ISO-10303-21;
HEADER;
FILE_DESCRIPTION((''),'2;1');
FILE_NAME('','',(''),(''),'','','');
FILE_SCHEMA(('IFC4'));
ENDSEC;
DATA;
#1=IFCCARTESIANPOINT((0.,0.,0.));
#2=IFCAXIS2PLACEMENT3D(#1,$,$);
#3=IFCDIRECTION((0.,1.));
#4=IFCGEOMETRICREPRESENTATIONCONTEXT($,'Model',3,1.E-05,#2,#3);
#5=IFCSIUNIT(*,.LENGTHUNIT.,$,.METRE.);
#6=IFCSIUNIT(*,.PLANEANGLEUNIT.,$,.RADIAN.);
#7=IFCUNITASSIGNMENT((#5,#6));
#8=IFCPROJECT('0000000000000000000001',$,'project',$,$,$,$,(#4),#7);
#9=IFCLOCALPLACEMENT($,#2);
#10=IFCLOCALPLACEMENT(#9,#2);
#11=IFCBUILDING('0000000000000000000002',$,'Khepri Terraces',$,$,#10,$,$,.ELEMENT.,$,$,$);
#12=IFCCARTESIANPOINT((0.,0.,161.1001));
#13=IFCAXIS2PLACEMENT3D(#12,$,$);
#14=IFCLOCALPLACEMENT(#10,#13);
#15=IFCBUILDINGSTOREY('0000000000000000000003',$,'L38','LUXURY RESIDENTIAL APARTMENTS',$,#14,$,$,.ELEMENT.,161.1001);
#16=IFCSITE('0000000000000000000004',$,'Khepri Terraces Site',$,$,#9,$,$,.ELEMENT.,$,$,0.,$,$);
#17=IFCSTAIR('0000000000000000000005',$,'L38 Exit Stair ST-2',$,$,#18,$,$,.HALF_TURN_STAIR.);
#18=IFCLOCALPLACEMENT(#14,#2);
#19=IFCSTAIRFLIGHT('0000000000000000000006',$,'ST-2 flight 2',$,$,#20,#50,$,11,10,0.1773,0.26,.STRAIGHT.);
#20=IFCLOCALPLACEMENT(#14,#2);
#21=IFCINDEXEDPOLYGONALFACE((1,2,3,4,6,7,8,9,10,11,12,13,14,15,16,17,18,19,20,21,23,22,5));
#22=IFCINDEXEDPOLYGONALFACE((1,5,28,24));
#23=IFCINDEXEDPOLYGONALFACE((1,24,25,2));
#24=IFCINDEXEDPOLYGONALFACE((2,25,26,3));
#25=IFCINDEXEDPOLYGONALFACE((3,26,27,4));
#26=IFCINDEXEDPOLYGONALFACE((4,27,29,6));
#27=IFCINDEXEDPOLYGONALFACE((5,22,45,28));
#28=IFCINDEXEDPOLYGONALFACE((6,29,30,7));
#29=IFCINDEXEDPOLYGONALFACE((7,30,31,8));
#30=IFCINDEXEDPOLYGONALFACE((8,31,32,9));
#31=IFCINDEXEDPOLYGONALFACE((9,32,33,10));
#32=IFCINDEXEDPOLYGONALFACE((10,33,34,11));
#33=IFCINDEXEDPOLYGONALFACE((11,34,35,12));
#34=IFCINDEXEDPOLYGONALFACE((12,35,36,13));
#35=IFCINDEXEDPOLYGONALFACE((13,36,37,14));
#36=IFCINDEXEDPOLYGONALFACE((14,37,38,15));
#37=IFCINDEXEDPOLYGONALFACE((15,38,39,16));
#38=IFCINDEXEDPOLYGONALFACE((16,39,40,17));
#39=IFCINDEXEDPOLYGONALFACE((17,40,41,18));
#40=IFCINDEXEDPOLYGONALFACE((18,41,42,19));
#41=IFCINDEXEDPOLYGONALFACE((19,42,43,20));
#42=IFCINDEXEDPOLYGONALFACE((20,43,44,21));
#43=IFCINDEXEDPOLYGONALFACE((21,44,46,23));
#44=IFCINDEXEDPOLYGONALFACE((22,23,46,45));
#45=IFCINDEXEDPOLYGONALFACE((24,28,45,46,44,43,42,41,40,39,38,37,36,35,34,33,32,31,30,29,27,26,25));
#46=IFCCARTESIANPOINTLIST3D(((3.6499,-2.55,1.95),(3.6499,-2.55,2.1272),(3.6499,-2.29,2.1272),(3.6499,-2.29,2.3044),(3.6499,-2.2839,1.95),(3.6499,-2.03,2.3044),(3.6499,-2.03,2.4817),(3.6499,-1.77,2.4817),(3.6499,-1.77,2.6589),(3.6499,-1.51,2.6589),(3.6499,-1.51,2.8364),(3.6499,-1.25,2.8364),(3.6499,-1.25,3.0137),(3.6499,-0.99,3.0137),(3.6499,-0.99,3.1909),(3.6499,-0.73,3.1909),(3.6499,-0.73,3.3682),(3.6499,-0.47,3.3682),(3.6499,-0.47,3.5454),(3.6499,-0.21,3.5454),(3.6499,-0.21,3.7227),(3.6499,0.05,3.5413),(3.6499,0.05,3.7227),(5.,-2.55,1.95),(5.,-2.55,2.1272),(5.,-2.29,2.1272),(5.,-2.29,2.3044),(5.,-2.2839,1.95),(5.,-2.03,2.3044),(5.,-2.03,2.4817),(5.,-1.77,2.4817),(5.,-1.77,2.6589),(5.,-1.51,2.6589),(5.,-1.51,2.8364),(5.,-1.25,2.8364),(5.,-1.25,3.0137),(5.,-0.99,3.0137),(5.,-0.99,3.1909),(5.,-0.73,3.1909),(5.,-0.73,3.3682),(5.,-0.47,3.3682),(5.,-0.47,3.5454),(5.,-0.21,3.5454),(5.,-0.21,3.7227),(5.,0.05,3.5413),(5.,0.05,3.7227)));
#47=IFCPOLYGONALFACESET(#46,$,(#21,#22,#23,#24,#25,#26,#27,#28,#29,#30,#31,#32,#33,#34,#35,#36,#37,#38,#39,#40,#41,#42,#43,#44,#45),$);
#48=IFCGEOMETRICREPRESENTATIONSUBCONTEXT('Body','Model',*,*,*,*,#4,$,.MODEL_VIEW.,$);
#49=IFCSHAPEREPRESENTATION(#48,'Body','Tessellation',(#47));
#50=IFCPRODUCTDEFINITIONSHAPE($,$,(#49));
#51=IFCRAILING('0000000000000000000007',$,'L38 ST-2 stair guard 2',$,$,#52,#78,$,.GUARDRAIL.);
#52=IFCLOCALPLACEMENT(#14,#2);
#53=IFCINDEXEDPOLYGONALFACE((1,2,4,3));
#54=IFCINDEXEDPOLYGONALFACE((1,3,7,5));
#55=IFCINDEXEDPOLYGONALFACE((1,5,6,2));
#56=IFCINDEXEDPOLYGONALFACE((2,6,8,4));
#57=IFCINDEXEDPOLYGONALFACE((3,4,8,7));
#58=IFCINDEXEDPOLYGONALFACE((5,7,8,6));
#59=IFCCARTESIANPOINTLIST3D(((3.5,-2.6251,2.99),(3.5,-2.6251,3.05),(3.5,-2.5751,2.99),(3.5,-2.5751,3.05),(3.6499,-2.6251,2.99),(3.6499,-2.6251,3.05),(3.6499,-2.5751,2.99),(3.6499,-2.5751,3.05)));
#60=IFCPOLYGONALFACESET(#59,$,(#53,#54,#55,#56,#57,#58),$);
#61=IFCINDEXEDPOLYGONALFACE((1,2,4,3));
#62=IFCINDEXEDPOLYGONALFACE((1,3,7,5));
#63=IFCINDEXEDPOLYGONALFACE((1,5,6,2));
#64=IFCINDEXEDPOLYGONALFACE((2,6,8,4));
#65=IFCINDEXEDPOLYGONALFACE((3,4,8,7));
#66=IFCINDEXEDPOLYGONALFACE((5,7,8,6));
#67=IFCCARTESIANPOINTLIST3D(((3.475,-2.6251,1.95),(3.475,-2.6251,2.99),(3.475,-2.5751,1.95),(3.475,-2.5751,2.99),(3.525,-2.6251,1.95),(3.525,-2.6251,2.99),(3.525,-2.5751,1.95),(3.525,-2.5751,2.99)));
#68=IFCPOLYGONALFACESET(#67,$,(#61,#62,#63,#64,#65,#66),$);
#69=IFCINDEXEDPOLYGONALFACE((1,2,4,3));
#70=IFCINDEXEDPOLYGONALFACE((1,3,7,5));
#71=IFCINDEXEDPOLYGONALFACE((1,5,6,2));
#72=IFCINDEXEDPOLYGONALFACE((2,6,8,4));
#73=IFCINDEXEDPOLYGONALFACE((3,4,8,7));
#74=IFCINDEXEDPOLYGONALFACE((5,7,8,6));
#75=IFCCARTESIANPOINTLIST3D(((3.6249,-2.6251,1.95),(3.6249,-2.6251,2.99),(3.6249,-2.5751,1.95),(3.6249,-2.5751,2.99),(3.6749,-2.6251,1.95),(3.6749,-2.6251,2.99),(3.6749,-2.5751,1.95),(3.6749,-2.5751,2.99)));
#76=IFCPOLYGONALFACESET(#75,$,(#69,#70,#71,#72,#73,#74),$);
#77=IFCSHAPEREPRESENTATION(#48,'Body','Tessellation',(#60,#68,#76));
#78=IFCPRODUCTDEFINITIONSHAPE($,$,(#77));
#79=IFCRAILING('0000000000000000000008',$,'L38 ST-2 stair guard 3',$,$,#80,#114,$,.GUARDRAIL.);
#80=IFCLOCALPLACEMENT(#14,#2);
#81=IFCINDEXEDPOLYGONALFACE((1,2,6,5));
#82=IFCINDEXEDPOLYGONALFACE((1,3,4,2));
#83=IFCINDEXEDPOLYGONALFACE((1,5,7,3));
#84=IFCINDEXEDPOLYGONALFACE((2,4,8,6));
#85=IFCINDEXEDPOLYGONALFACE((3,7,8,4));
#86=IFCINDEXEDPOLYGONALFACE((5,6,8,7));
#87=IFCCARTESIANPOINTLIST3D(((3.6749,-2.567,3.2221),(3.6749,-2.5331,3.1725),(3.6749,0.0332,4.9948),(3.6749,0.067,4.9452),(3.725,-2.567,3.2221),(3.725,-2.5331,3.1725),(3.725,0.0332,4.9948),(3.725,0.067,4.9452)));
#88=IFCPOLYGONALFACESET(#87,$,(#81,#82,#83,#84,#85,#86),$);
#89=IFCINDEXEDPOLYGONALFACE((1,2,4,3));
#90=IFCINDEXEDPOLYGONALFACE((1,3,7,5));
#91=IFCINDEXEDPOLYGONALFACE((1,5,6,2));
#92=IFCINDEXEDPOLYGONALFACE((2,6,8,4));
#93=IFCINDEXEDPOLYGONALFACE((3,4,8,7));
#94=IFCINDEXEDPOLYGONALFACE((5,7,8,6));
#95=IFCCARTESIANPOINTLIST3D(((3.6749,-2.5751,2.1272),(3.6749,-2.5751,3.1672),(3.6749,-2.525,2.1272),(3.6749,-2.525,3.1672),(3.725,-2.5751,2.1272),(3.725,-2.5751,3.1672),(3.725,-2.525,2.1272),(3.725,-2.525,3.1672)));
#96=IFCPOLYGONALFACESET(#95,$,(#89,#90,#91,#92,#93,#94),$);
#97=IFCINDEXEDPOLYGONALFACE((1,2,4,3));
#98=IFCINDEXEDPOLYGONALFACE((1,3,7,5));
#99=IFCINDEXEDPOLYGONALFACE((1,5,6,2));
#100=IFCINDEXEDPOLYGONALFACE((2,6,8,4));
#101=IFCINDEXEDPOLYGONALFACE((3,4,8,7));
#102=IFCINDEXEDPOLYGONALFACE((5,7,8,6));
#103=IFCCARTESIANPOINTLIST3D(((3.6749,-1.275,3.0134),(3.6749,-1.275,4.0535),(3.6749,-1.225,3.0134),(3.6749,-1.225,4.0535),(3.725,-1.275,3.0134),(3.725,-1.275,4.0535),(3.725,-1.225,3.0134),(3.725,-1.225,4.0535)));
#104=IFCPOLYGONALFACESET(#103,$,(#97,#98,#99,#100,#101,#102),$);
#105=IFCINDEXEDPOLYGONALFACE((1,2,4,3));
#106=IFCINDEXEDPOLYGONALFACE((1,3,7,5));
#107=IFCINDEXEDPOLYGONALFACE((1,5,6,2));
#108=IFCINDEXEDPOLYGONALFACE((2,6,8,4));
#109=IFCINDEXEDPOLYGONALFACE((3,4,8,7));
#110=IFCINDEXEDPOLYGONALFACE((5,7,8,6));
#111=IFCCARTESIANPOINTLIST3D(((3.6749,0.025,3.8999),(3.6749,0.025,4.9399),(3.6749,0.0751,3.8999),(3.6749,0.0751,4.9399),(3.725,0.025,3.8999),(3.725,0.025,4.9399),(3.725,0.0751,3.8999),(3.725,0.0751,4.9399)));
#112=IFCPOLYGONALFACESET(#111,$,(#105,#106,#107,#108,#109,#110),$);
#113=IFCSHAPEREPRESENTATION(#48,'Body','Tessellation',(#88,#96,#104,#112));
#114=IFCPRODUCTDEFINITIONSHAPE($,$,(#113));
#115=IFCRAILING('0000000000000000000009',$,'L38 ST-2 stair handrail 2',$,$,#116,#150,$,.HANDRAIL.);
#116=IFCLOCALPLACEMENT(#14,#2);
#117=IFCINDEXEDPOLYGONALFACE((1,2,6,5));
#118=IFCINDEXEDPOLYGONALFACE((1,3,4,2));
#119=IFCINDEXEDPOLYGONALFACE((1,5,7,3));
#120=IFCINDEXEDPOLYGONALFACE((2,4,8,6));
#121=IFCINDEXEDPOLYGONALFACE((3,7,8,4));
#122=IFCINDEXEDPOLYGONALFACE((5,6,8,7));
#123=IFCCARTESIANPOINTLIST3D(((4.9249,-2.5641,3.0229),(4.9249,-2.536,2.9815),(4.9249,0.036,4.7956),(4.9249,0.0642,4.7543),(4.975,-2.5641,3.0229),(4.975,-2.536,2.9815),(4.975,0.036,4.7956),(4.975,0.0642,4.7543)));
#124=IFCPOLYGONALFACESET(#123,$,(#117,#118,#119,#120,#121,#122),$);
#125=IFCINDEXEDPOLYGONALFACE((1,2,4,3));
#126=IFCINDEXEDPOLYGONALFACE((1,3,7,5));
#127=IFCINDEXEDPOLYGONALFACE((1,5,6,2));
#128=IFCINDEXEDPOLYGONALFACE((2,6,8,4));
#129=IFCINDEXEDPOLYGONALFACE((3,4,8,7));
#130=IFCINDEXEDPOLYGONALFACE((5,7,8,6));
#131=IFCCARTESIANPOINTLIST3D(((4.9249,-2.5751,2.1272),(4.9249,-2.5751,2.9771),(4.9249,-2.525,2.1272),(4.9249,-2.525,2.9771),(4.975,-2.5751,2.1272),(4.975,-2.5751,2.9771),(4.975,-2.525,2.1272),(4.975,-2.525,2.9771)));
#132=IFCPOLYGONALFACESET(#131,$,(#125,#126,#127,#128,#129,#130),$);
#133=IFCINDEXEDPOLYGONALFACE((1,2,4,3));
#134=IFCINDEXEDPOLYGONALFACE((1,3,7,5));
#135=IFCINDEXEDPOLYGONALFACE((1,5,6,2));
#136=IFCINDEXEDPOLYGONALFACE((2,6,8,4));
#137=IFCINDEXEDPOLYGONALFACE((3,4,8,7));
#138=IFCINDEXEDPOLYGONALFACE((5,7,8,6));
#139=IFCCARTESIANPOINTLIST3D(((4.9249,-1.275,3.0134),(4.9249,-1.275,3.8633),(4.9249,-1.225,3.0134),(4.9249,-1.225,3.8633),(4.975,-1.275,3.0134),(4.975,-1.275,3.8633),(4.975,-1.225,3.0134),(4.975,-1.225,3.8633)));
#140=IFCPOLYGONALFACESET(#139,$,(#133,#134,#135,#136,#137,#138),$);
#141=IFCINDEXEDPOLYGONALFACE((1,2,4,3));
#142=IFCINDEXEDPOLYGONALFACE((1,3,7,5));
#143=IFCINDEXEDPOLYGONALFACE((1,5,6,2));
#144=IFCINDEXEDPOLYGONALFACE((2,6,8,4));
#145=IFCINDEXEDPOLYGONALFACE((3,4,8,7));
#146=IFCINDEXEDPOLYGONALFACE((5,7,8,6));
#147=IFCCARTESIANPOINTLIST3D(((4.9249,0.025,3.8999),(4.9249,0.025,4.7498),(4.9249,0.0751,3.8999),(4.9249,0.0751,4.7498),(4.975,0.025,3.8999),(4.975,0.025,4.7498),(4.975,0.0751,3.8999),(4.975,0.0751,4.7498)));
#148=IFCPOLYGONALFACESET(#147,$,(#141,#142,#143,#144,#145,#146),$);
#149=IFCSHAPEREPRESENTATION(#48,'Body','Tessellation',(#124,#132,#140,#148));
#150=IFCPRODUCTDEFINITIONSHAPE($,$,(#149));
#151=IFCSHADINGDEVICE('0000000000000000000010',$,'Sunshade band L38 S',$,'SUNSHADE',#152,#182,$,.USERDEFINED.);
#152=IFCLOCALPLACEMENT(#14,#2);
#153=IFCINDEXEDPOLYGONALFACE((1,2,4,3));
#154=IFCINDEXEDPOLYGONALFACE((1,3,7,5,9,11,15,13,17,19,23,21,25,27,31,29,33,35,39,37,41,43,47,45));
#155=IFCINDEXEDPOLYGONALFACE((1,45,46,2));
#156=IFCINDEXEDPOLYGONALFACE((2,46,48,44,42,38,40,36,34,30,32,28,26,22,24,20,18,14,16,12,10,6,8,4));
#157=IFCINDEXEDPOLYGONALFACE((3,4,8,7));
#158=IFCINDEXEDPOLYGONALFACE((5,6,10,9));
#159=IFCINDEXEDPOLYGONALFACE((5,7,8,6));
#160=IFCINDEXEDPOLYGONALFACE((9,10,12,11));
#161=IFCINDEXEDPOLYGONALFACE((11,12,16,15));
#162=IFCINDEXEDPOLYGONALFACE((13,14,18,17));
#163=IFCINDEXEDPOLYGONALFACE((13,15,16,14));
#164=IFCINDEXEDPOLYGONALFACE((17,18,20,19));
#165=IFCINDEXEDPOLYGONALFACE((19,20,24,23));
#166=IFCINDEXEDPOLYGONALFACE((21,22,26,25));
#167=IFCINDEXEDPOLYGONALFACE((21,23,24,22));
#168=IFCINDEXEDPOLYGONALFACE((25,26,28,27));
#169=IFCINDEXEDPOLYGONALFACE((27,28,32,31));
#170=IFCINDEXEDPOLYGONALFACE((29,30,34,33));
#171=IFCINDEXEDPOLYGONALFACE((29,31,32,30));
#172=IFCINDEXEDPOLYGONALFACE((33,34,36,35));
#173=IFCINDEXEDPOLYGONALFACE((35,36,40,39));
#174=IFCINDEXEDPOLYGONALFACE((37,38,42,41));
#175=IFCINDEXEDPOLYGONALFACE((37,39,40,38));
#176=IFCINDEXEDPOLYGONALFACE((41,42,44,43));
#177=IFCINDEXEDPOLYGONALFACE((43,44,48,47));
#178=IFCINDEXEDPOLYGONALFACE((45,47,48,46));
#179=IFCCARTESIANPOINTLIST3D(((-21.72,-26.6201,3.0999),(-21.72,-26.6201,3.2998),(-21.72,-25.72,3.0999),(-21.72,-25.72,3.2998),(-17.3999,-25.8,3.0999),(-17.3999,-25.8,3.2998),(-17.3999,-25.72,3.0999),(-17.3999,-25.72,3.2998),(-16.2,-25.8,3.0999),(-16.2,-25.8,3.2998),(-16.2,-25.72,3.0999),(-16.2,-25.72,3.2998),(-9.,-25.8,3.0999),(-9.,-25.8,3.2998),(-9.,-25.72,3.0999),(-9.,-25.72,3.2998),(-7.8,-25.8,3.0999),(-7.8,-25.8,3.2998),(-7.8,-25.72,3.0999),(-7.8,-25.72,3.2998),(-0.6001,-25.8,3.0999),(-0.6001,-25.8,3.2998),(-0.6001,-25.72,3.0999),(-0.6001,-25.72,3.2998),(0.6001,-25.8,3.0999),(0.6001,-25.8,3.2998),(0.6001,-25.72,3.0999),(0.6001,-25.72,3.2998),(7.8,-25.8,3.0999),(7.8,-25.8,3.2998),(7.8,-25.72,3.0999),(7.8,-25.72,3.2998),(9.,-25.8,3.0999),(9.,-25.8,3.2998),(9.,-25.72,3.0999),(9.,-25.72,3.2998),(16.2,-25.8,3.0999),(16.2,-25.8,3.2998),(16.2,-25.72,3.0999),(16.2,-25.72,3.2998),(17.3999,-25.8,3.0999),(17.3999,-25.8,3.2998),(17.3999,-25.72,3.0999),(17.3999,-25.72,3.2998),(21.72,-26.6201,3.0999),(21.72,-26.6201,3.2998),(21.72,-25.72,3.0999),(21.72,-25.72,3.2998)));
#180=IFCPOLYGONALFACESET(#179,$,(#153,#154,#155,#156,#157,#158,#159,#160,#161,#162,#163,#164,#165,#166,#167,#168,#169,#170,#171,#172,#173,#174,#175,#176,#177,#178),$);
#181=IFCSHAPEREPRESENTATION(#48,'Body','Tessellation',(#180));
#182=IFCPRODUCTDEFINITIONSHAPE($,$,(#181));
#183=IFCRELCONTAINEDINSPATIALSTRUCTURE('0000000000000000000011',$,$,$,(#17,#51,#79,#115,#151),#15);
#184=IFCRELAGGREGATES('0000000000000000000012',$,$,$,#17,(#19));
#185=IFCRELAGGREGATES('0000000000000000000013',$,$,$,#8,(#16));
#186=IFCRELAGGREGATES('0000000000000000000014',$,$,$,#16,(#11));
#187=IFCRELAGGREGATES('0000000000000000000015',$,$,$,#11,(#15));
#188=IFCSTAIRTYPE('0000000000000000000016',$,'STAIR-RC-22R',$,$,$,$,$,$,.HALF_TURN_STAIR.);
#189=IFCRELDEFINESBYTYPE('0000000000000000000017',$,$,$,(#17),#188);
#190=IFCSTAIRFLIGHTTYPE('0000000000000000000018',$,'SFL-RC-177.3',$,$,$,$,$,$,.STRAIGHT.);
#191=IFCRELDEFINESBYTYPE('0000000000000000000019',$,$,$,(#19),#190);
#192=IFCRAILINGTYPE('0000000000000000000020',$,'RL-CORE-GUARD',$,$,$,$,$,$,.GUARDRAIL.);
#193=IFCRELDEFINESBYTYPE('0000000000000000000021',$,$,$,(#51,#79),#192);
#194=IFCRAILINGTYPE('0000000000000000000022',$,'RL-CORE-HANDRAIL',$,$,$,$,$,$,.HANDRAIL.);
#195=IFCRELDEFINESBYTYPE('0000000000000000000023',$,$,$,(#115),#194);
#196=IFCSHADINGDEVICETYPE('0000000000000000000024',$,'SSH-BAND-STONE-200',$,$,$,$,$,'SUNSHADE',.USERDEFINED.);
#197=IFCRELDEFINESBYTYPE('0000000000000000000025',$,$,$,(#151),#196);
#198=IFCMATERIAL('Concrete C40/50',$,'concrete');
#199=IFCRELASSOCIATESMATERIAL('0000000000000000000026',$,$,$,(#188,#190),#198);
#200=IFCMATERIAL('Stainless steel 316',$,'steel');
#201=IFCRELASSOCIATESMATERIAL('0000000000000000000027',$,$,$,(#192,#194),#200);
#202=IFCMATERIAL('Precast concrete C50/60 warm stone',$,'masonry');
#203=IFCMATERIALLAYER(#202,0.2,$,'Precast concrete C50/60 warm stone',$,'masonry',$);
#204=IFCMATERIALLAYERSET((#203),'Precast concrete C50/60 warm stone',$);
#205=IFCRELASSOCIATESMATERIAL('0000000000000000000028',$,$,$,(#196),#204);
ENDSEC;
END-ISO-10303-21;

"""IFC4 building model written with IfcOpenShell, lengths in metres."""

from ifc_helpers import new_model, si_unit, direction, frame, origin, origin_2d, place, context, subcontext, project, spatial, polyline, rectangle, outline, extrude, material, layer, layer_set, type_object, element, aggregate, save


model = new_model("IFC4")

# Units and contexts
model_context = context("Model", 3, precision=1e-05, world=origin(), true_north=direction((0.0, 1.0)))
body_context = subcontext(model_context, "Body", "Model", "MODEL_VIEW")
ifc_project = project(units=[si_unit("LENGTHUNIT", "METRE"), si_unit("PLANEANGLEUNIT", "RADIAN")], contexts=[model_context])

# Site, building, storey
site_placement = place(None, origin())
site = spatial("IfcSite", under=ifc_project, at=site_placement, Name="Khepri Terraces Site", CompositionType="ELEMENT", RefElevation=0.0)
building_placement = place(site_placement, origin())
building = spatial("IfcBuilding", under=site, at=building_placement, Name="Khepri Terraces", CompositionType="ELEMENT")
storey_placement = place(building_placement, frame((0.0, 0.0, 161.1001)))
storey = spatial("IfcBuildingStorey", under=building, at=storey_placement, Name="L38", Description="LUXURY RESIDENTIAL APARTMENTS", CompositionType="ELEMENT", Elevation=161.1001)

# Shared definitions
ifc_material_1 = material(Name="Precast concrete C50/60 warm stone", Category="masonry")

# Shared definitions
ifc_material_2 = material(Name="Concrete C40/50", Category="concrete")
stair_type = type_object("IfcStairType", Name="STAIR-RC-22R", PredefinedType="HALF_TURN_STAIR", material=ifc_material_2)

# Stair, stair flight
stair_1_placement = place(storey_placement, origin())
stair_1 = element("IfcStair", 1, at=stair_1_placement, inside=storey, type_object=stair_type, Name="L38 Exit Stair ST-2", PredefinedType="HALF_TURN_STAIR")
stair_flight_type = type_object("IfcStairFlightType", Name="SFL-RC-177.3", PredefinedType="STRAIGHT", material=ifc_material_2)
stair_flight_placement = place(storey_placement, frame((4.325, -2.55, 1.95), z_axis=(0.0, 0.0, 1.0), x_axis=(0.0, 1.0, 0.0)))
stair_flight = element("IfcStairFlight", 2, at=stair_flight_placement, type_object=stair_flight_type, Name="ST-2 flight 2", NumberOfRisers=11, NumberOfTreads=10, PredefinedType="STRAIGHT", RiserHeight=0.1773, TreadLength=0.26, context=body_context, shape_type="SweptSolid", body=[
    extrude(outline(polyline([(0.0, 0.0), (0.0, 0.1772), (0.26, 0.1772), (0.26, 0.3545), (0.52, 0.3545), (0.52, 0.5317), (0.78, 0.5317), (0.78, 0.709), (1.04, 0.709), (1.04, 0.8865), (1.3, 0.8865), (1.3, 1.0637), (1.5601, 1.0637), (1.5601, 1.241), (1.8201, 1.241), (1.8201, 1.4182), (2.0801, 1.4182), (2.0801, 1.5955), (2.3401, 1.5955), (2.3401, 1.7727), (2.6001, 1.7727), (2.6001, 1.95), (2.6001, 1.5913), (0.2661, 0.0), (0.0, 0.0)])), frame((0.0, 0.675, 0.0), z_axis=(0.0, -1.0, 0.0), x_axis=(1.0, 0.0, 0.0)), (0.0, 0.0, 1.0), 1.3501),
])
aggregate(stair_1, [stair_flight])

# Railings
ifc_material_3 = material(Name="Stainless steel 316", Category="steel")
railing_type_1 = type_object("IfcRailingType", Name="RL-CORE-GUARD", PredefinedType="GUARDRAIL", material=ifc_material_3)
railing_1_placement = place(storey_placement, frame((3.5, -2.6001, 1.95)))
element("IfcRailing", 3, at=railing_1_placement, inside=storey, type_object=railing_type_1, Name="L38 ST-2 stair guard 2", PredefinedType="GUARDRAIL", context=body_context, shape_type="SweptSolid", body=[
    extrude(rectangle(XDim=0.05, YDim=0.0601, at=origin_2d()), frame((0.0, 0.0, 1.0701), z_axis=(1.0, 0.0, 0.0), x_axis=(0.0, 1.0, 0.0)), (0.0, 0.0, 1.0), 0.1499),
    extrude(rectangle(XDim=0.05, YDim=0.05, at=origin_2d()), origin(), (0.0, 0.0, 1.0), 1.04),
    extrude(rectangle(XDim=0.05, YDim=0.05, at=origin_2d()), frame((0.1499, 0.0, 0.0)), (0.0, 0.0, 1.0), 1.04),
])
railing_2_placement = place(storey_placement, frame((3.7, -2.55, 2.1272)))
element("IfcRailing", 4, at=railing_2_placement, inside=storey, type_object=railing_type_1, Name="L38 ST-2 stair guard 3", PredefinedType="GUARDRAIL", context=body_context, shape_type="SweptSolid", body=[
    extrude(rectangle(XDim=0.05, YDim=0.0601, at=origin_2d()), frame((0.0, 0.0, 1.0701), z_axis=(0.0, 0.82624, 0.563318), x_axis=(-1.0, 0.0, 0.0)), (0.0, 0.0, 1.0), 3.147),
    extrude(rectangle(XDim=0.05, YDim=0.05, at=origin_2d()), origin(), (0.0, 0.0, 1.0), 1.04),
    extrude(rectangle(XDim=0.05, YDim=0.05, at=origin_2d()), frame((0.0, 1.3, 0.8862)), (0.0, 0.0, 1.0), 1.04),
    extrude(rectangle(XDim=0.05, YDim=0.05, at=origin_2d()), frame((0.0, 2.6001, 1.7727)), (0.0, 0.0, 1.0), 1.04),
])
railing_type_2 = type_object("IfcRailingType", Name="RL-CORE-HANDRAIL", PredefinedType="HANDRAIL", material=ifc_material_3)
railing_3_placement = place(storey_placement, frame((4.95, -2.55, 2.1272)))
element("IfcRailing", 5, at=railing_3_placement, inside=storey, type_object=railing_type_2, Name="L38 ST-2 stair handrail 2", PredefinedType="HANDRAIL", context=body_context, shape_type="SweptSolid", body=[
    extrude(rectangle(XDim=0.05, YDim=0.05, at=origin_2d()), frame((0.0, 0.0, 0.875), z_axis=(0.0, 0.82624, 0.563318), x_axis=(-1.0, 0.0, 0.0)), (0.0, 0.0, 1.0), 3.147),
    extrude(rectangle(XDim=0.05, YDim=0.05, at=origin_2d()), origin(), (0.0, 0.0, 1.0), 0.8499),
    extrude(rectangle(XDim=0.05, YDim=0.05, at=origin_2d()), frame((0.0, 1.3, 0.8862)), (0.0, 0.0, 1.0), 0.8499),
    extrude(rectangle(XDim=0.05, YDim=0.05, at=origin_2d()), frame((0.0, 2.6001, 1.7727)), (0.0, 0.0, 1.0), 0.8499),
])

# Shading device
ifc_layer_1 = layer(ifc_material_1, 0.2, Name="Precast concrete C50/60 warm stone", Category="masonry")
ifc_layer_set_1 = layer_set([ifc_layer_1], Name="Precast concrete C50/60 warm stone")
shading_device_type_1 = type_object("IfcShadingDeviceType", Name="SSH-BAND-STONE-200", ElementType="SUNSHADE", PredefinedType="USERDEFINED", material=ifc_layer_set_1)
shading_device_1_placement = place(storey_placement, frame((0.0, 0.0, 3.0999)))
element("IfcShadingDevice", 6, at=shading_device_1_placement, inside=storey, type_object=shading_device_type_1, Name="Sunshade band L38 S", ObjectType="SUNSHADE", PredefinedType="USERDEFINED", context=body_context, shape_type="SweptSolid", body=[
    extrude(outline(polyline([(-17.3999, -25.72), (-21.72, -25.72), (-21.72, -26.6201), (21.72, -26.6201), (21.72, -25.72), (17.3999, -25.72), (17.3999, -25.8), (16.2, -25.8), (16.2, -25.72), (9.0, -25.72), (9.0, -25.8), (7.8, -25.8), (7.8, -25.72), (0.6001, -25.72), (0.6001, -25.8), (-0.6001, -25.8), (-0.6001, -25.72), (-7.8, -25.72), (-7.8, -25.8), (-9.0, -25.8), (-9.0, -25.72), (-16.2, -25.72), (-16.2, -25.8), (-17.3999, -25.8), (-17.3999, -25.72)])), origin(), (0.0, 0.0, 1.0), 0.2),
])

save(model, "model.ifc")
